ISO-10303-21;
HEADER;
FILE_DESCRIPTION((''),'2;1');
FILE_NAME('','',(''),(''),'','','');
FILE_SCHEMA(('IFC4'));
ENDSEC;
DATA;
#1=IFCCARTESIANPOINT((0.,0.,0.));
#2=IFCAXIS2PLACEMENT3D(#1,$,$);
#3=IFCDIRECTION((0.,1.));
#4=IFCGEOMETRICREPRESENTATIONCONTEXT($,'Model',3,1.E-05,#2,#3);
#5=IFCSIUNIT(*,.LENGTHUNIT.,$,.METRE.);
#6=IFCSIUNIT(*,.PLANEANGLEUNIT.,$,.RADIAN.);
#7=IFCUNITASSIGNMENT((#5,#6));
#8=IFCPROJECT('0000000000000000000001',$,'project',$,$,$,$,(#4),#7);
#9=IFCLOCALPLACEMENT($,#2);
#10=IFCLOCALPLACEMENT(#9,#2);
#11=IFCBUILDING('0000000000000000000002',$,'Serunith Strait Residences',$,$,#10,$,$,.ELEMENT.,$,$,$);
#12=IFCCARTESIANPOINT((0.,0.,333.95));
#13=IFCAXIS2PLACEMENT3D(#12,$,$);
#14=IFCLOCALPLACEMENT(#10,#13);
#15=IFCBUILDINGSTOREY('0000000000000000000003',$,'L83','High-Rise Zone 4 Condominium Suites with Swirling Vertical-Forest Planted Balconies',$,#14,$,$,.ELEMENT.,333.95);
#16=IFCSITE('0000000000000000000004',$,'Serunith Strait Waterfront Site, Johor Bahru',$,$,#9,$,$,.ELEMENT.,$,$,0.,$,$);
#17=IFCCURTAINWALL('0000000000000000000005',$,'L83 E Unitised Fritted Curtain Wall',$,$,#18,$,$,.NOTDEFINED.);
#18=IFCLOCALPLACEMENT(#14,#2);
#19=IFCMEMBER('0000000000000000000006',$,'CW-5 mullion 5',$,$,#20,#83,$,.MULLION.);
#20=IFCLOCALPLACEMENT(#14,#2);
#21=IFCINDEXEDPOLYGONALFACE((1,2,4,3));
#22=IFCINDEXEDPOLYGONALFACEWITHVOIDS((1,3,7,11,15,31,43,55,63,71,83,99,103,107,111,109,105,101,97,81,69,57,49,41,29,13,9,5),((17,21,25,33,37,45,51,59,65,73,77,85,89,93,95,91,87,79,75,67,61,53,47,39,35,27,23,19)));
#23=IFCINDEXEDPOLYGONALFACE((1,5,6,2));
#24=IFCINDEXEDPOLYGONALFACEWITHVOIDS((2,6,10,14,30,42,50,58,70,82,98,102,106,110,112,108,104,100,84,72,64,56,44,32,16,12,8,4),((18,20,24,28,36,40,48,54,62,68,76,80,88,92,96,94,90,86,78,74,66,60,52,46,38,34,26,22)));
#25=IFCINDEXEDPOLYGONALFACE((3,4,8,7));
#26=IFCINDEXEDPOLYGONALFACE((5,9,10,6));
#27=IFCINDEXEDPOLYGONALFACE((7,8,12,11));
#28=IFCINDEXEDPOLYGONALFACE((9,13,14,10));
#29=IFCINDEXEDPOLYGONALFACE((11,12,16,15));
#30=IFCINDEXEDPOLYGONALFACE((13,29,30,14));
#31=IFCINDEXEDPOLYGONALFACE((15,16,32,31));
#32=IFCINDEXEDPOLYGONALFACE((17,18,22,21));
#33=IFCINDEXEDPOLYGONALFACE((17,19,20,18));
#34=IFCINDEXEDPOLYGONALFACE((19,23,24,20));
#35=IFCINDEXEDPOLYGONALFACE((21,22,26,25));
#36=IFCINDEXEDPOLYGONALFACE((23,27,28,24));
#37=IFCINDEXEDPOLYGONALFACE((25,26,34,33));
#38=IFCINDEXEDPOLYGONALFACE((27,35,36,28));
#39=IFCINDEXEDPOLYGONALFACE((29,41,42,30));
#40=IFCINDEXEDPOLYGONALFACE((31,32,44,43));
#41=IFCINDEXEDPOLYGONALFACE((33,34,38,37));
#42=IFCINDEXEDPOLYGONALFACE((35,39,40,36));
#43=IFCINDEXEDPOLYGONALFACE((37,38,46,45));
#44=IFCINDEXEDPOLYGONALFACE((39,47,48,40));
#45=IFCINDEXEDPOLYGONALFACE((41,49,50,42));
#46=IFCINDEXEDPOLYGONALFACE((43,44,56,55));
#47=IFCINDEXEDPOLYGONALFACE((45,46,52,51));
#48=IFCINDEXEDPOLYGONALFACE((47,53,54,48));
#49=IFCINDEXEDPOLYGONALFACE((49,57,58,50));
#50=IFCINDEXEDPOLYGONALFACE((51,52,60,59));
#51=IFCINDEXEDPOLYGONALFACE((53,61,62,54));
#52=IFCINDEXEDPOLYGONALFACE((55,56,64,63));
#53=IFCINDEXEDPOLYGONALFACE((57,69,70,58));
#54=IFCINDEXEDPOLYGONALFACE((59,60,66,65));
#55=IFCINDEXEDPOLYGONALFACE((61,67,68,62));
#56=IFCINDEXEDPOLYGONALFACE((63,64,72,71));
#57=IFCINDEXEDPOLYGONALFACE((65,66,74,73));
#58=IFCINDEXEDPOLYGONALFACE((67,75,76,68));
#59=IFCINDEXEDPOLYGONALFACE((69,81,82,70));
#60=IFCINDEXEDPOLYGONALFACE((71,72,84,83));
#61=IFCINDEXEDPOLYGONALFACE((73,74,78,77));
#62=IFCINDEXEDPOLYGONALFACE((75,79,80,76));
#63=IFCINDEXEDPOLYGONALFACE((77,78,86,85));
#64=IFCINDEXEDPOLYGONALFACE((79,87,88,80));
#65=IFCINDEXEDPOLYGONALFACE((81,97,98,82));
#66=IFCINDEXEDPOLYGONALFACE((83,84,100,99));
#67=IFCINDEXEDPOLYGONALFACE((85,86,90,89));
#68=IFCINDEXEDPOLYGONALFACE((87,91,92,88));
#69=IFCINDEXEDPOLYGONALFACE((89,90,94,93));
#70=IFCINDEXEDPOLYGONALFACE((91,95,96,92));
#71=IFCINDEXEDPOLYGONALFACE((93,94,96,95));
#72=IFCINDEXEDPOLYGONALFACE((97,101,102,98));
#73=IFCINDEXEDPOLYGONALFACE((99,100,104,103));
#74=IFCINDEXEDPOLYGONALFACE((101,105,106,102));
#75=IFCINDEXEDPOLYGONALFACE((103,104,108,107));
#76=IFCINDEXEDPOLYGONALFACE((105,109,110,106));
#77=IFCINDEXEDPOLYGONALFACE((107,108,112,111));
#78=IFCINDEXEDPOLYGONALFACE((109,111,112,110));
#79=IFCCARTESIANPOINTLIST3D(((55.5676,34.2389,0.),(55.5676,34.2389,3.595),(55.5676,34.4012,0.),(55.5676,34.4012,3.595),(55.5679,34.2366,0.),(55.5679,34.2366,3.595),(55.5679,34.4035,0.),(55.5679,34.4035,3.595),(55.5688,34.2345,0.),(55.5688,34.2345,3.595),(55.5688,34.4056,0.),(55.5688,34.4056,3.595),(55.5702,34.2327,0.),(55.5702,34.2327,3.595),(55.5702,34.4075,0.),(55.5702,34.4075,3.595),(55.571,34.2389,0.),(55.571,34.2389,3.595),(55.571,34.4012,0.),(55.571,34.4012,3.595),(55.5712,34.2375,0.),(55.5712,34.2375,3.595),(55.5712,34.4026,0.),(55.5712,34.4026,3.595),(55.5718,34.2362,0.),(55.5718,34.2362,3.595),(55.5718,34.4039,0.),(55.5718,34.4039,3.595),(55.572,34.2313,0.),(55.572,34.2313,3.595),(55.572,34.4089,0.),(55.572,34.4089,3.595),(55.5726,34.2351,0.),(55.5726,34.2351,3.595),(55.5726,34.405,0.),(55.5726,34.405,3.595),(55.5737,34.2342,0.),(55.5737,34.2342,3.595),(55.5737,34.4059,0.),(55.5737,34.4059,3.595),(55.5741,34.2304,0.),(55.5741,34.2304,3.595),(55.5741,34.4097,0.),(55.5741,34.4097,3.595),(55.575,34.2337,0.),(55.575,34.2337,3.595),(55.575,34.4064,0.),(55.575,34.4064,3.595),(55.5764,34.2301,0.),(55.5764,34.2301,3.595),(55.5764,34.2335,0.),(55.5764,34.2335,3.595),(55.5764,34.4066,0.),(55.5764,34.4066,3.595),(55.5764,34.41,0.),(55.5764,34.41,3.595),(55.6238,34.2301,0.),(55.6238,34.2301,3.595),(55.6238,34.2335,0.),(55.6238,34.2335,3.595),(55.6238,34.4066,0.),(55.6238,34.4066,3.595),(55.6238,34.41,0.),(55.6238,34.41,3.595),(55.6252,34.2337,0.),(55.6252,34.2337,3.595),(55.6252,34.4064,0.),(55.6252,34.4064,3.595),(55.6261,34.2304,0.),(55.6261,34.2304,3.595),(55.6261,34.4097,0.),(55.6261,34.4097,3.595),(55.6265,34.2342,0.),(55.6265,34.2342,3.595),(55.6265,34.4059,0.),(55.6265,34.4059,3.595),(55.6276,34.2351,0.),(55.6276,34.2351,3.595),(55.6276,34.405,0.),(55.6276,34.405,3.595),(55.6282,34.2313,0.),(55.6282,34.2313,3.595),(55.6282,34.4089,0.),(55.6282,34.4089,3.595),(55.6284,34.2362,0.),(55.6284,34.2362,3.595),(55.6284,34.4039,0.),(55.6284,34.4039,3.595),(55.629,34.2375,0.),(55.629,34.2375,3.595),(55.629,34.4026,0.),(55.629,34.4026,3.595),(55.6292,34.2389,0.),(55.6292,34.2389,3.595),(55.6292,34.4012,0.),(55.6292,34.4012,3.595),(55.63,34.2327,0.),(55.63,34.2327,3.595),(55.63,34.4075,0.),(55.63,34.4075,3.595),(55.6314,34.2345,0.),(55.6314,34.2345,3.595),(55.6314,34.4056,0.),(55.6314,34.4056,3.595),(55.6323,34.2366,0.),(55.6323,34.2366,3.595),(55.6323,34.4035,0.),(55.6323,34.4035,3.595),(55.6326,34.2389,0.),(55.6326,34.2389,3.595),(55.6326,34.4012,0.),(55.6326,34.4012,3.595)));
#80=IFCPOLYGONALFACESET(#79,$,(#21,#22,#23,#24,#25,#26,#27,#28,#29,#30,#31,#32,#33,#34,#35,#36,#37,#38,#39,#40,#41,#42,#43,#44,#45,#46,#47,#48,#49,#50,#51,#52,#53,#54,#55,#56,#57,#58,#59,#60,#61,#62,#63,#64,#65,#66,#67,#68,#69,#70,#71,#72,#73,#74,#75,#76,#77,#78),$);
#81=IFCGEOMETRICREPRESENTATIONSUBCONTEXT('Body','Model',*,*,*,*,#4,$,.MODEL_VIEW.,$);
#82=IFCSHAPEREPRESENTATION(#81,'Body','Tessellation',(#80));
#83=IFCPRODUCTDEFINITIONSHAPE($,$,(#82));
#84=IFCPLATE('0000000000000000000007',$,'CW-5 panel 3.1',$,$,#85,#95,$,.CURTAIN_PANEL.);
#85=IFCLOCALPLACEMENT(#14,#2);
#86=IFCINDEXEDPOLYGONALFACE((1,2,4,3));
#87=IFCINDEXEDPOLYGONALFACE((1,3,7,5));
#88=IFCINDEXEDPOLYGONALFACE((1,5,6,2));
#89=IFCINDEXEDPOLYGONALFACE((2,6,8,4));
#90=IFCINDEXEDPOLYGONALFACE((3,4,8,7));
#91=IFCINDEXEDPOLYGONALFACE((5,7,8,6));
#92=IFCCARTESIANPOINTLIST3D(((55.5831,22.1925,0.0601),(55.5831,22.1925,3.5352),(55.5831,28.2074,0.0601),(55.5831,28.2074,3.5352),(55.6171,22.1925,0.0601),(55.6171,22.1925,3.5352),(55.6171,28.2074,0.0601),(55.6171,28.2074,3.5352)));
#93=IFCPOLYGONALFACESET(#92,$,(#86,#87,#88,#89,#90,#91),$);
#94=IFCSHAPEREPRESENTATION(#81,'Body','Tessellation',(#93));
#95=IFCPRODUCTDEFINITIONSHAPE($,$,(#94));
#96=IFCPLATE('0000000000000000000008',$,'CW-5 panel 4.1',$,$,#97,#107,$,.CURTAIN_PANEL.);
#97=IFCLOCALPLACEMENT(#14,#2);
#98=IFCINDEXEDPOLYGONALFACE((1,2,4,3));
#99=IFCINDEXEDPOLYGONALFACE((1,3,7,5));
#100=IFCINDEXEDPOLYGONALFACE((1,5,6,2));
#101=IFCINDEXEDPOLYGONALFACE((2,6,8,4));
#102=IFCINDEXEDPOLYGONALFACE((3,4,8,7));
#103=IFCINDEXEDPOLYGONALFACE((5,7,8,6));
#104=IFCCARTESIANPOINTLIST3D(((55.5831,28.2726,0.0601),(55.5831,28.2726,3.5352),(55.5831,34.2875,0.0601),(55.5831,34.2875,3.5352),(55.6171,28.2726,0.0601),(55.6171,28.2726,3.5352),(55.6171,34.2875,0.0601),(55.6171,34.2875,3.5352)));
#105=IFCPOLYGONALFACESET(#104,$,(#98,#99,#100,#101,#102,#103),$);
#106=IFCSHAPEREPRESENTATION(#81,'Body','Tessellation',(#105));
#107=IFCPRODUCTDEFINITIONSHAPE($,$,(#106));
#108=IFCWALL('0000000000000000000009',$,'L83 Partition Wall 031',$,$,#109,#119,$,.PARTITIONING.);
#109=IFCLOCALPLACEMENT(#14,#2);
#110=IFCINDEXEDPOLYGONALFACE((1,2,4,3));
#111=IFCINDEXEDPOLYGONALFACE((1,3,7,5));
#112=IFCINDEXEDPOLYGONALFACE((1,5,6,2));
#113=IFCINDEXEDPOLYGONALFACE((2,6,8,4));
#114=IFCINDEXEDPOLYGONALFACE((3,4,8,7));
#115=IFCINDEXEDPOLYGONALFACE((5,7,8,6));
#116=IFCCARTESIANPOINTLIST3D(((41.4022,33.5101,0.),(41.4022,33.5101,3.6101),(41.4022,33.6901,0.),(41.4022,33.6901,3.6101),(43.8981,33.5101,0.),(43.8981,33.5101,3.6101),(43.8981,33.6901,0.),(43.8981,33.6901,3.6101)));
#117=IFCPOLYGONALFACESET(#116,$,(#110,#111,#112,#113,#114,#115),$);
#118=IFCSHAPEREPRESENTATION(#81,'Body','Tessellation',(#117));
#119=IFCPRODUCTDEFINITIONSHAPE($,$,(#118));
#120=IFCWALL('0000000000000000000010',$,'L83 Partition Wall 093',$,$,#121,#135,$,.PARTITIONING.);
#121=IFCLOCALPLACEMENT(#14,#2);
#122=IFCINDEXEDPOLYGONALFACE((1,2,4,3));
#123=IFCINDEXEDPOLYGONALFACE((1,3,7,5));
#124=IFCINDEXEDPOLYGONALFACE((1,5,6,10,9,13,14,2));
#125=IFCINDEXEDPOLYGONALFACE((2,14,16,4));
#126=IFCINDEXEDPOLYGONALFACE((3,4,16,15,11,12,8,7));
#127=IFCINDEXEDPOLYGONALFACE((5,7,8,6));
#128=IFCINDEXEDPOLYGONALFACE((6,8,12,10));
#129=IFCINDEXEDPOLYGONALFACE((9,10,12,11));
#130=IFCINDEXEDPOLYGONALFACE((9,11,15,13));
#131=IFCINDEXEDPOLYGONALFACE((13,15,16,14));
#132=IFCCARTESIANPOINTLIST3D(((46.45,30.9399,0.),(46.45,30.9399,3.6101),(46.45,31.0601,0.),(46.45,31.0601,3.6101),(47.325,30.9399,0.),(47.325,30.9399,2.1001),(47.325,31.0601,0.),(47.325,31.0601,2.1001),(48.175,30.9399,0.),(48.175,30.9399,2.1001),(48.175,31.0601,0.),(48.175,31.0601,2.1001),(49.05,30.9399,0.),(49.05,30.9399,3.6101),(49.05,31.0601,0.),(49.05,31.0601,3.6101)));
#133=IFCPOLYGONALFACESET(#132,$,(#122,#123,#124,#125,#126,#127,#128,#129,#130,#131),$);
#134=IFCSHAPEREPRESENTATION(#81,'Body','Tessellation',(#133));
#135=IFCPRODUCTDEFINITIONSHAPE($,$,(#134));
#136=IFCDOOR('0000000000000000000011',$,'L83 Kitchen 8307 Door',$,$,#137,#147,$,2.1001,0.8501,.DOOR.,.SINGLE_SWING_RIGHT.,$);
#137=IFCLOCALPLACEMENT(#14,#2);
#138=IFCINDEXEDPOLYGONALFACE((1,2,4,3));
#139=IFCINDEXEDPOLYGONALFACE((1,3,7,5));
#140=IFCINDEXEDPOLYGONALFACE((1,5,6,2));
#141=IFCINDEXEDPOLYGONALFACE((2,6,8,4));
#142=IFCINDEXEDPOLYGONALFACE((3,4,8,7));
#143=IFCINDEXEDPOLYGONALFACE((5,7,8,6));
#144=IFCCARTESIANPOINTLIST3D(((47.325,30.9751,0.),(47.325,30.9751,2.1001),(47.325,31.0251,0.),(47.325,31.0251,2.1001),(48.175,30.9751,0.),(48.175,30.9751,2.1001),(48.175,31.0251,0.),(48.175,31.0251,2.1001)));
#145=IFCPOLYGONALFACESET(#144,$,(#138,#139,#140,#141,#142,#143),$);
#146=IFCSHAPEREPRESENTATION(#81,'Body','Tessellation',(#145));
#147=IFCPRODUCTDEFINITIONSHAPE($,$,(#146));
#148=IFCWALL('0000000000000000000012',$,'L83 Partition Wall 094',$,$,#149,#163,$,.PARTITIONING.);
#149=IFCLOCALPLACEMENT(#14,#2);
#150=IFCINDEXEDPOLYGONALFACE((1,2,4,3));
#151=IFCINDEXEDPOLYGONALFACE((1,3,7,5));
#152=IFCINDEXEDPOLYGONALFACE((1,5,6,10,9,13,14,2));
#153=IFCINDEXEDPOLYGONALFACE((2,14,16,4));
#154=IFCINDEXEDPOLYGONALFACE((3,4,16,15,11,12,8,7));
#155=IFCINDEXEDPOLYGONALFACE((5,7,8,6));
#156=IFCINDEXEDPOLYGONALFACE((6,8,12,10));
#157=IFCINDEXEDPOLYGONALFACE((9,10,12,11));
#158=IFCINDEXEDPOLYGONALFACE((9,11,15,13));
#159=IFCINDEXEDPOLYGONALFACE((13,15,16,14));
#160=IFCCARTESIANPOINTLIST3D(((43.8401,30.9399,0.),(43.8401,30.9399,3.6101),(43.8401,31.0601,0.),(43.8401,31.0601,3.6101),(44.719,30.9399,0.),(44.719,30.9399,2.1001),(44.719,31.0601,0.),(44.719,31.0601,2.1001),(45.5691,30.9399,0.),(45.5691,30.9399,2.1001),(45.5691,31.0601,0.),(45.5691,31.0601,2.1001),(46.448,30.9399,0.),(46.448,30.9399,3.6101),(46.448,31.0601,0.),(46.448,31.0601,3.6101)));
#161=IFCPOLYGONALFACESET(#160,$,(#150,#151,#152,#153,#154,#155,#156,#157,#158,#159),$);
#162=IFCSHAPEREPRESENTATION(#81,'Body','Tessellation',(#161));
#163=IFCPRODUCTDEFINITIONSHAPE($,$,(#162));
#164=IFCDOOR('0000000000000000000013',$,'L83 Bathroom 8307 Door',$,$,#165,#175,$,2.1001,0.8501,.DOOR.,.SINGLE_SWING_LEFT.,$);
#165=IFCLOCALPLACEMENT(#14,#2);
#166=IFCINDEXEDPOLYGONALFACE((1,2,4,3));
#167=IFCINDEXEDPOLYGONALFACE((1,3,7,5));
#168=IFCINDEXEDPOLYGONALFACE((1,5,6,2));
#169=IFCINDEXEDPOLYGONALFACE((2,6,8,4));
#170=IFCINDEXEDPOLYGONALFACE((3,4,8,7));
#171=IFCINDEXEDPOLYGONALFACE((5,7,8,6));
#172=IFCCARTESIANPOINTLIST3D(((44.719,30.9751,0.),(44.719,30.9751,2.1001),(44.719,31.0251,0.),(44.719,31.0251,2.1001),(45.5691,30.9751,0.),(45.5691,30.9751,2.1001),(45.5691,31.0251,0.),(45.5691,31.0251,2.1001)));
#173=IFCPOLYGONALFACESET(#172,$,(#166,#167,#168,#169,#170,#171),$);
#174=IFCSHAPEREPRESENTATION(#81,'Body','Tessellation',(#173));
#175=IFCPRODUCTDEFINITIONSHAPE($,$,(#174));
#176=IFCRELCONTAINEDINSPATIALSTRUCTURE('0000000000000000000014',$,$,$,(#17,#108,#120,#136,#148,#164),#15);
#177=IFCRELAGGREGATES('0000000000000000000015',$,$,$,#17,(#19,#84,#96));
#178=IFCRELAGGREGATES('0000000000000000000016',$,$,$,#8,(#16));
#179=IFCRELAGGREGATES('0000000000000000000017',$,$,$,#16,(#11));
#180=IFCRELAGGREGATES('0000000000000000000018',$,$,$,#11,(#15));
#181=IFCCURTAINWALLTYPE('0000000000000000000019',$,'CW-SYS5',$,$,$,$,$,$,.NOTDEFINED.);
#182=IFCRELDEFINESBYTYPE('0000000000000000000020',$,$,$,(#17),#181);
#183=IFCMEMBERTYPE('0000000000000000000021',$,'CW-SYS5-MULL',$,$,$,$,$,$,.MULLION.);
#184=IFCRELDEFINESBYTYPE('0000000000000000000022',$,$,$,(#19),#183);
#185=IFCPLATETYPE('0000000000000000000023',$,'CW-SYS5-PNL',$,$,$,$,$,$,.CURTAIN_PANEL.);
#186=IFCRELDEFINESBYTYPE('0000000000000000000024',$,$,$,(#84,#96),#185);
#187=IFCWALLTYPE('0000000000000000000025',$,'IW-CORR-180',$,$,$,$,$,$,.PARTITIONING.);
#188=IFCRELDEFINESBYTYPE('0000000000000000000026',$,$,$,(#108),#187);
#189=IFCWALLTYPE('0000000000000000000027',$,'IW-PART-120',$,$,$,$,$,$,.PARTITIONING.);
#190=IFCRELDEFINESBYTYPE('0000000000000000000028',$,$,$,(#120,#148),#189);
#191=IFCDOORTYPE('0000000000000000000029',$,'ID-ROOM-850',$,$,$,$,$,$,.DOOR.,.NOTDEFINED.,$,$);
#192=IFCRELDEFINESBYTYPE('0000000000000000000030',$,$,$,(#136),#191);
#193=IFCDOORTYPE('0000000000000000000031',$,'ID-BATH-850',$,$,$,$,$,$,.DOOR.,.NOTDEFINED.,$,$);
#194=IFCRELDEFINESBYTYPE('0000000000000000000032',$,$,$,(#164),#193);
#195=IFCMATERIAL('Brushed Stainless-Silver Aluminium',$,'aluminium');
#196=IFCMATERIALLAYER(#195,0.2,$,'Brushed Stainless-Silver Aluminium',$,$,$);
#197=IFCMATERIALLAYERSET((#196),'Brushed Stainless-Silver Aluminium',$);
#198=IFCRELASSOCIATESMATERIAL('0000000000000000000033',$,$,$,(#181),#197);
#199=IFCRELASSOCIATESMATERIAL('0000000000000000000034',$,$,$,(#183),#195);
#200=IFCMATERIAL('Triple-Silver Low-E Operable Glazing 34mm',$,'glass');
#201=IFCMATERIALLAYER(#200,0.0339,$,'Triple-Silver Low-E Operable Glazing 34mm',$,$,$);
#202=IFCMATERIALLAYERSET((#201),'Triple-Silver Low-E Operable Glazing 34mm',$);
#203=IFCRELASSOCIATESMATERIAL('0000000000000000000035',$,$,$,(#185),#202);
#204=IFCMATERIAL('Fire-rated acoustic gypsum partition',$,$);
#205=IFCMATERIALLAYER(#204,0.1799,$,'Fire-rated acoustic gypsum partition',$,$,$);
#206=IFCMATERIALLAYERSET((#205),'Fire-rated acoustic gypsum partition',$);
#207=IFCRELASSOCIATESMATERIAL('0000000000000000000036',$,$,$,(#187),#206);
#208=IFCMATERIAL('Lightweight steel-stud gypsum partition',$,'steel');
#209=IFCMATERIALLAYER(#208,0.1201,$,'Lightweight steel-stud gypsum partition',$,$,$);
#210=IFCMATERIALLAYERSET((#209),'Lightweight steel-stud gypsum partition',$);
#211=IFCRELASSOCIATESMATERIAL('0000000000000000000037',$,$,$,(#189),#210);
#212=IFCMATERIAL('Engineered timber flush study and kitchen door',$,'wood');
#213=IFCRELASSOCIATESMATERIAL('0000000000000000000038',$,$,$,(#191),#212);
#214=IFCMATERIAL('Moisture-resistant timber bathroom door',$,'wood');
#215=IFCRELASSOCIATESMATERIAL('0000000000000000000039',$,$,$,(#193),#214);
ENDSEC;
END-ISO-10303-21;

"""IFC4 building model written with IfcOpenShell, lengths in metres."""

from ifc_helpers import new_model, si_unit, direction, frame, frame_2d, origin, origin_2d, place, context, subcontext, project, spatial, rectangle, hollow_rectangle, extrude, source, transform, mapped, material, layer, layer_set, material_profile, profile_set, type_object, element, fill, aggregate, save


model = new_model("IFC4")

# Units and contexts
model_context = context("Model", 3, precision=1e-05, world=origin(), true_north=direction((0.0, 1.0)))
body_context = subcontext(model_context, "Body", "Model", "MODEL_VIEW")
ifc_project = project(units=[si_unit("LENGTHUNIT", "METRE"), si_unit("PLANEANGLEUNIT", "RADIAN")], contexts=[model_context])

# Site, building, storey
site_placement = place(None, origin())
site = spatial("IfcSite", under=ifc_project, at=site_placement, Name="Serunith Strait Waterfront Site, Johor Bahru", CompositionType="ELEMENT", RefElevation=0.0)
building_placement = place(site_placement, origin())
building = spatial("IfcBuilding", under=site, at=building_placement, Name="Serunith Strait Residences", CompositionType="ELEMENT")
storey_placement = place(building_placement, frame((0.0, 0.0, 333.95)))
storey = spatial("IfcBuildingStorey", under=building, at=storey_placement, Name="L83", Description="High-Rise Zone 4 Condominium Suites with Swirling Vertical-Forest Planted Balconies", CompositionType="ELEMENT", Elevation=333.95)

# Curtain wall, member, plates
ifc_material_1 = material(Name="Brushed Stainless-Silver Aluminium", Category="aluminium")
ifc_layer_1 = layer(ifc_material_1, 0.2, Name="Brushed Stainless-Silver Aluminium")
ifc_layer_set_1 = layer_set([ifc_layer_1], Name="Brushed Stainless-Silver Aluminium")
curtain_wall_type = type_object("IfcCurtainWallType", Name="CW-SYS5", PredefinedType="NOTDEFINED", material=ifc_layer_set_1)
curtain_wall_placement = place(storey_placement, origin())
curtain_wall = element("IfcCurtainWall", 1, at=curtain_wall_placement, inside=storey, type_object=curtain_wall_type, Name="L83 E Unitised Fritted Curtain Wall", PredefinedType="NOTDEFINED")
ifc_material_profile_1 = material_profile(ifc_material_1, hollow_rectangle(XDim=0.0649, YDim=0.1799, WallThickness=0.0034, InnerFilletRadius=0.0054, OuterFilletRadius=0.0088, at=origin_2d()), Name="ALU 180x65x3.5")
ifc_profile_set_1 = profile_set([ifc_material_profile_1], Name="Brushed Stainless-Silver Aluminium")
member_type_1 = type_object("IfcMemberType", Name="CW-SYS5-MULL", PredefinedType="MULLION", material=ifc_profile_set_1)
shared_shape_1 = source(origin(), body_context, "Body", "SweptSolid", [
    extrude(hollow_rectangle(XDim=0.0649, YDim=0.1799, WallThickness=0.0034, InnerFilletRadius=0.0054, OuterFilletRadius=0.0088, at=origin_2d()), origin(), (0.0, 0.0, 1.0), 3.595),
])
member_1_placement = place(storey_placement, frame((55.6001, 34.3201, 0.0), z_axis=(0.0, 0.0, 1.0), x_axis=(-1.0, 0.0, 0.0)))
member_1 = element("IfcMember", 2, at=member_1_placement, type_object=member_type_1, Name="CW-5 mullion 5", PredefinedType="MULLION", context=body_context, shape_type="MappedRepresentation", body=[
    mapped(shared_shape_1, transform((0.0, 0.0, 0.0), scale=1.0)),
])
ifc_material_2 = material(Name="Triple-Silver Low-E Operable Glazing 34mm", Category="glass")
ifc_layer_2 = layer(ifc_material_2, 0.0339, Name="Triple-Silver Low-E Operable Glazing 34mm")
ifc_layer_set_2 = layer_set([ifc_layer_2], Name="Triple-Silver Low-E Operable Glazing 34mm")
plate_type = type_object("IfcPlateType", Name="CW-SYS5-PNL", PredefinedType="CURTAIN_PANEL", material=ifc_layer_set_2)
shared_shape_2 = source(origin(), body_context, "Body", "SweptSolid", [
    extrude(rectangle(XDim=6.0149, YDim=0.0339, at=origin_2d()), origin(), (0.0, 0.0, 1.0), 3.4751),
])
plate_1_placement = place(storey_placement, frame((55.6001, 25.2, 0.0601), z_axis=(0.0, 0.0, 1.0), x_axis=(0.0, 1.0, 0.0)))
plate_1 = element("IfcPlate", 3, at=plate_1_placement, type_object=plate_type, Name="CW-5 panel 3.1", PredefinedType="CURTAIN_PANEL", context=body_context, shape_type="MappedRepresentation", body=[
    mapped(shared_shape_2, transform((0.0, 0.0, 0.0), scale=1.0)),
])
plate_2_placement = place(storey_placement, frame((55.6001, 31.28, 0.0601), z_axis=(0.0, 0.0, 1.0), x_axis=(0.0, 1.0, 0.0)))
plate_2 = element("IfcPlate", 4, at=plate_2_placement, type_object=plate_type, Name="CW-5 panel 4.1", PredefinedType="CURTAIN_PANEL", context=body_context, shape_type="MappedRepresentation", body=[
    mapped(shared_shape_2, transform((0.0, 0.0, 0.0), scale=1.0)),
])
aggregate(curtain_wall, [member_1, plate_1, plate_2])

# Wall
ifc_material_3 = material(Name="Fire-rated acoustic gypsum partition")
ifc_layer_3 = layer(ifc_material_3, 0.1799, Name="Fire-rated acoustic gypsum partition")
ifc_layer_set_3 = layer_set([ifc_layer_3], Name="Fire-rated acoustic gypsum partition")
wall_type_1 = type_object("IfcWallType", Name="IW-CORR-180", PredefinedType="PARTITIONING", material=ifc_layer_set_3)
wall_1_placement = place(storey_placement, frame((41.4021, 33.6001, 0.0), z_axis=(0.0, 0.0, 1.0), x_axis=(1.0, 0.0, 0.0)))
element("IfcWall", 5, at=wall_1_placement, inside=storey, type_object=wall_type_1, Name="L83 Partition Wall 031", PredefinedType="PARTITIONING", context=body_context, shape_type="SweptSolid", body=[
    extrude(rectangle(XDim=2.4958, YDim=0.1799, at=frame_2d((1.248, 0.0))), origin(), (0.0, 0.0, 1.0), 3.6101),
])

# Walls, openings, doors
ifc_material_4 = material(Name="Lightweight steel-stud gypsum partition", Category="steel")
ifc_layer_4 = layer(ifc_material_4, 0.1201, Name="Lightweight steel-stud gypsum partition")
ifc_layer_set_4 = layer_set([ifc_layer_4], Name="Lightweight steel-stud gypsum partition")
wall_type_2 = type_object("IfcWallType", Name="IW-PART-120", PredefinedType="PARTITIONING", material=ifc_layer_set_4)
wall_2_placement = place(storey_placement, frame((49.05, 31.0, 0.0), z_axis=(0.0, 0.0, 1.0), x_axis=(-1.0, 0.0, 0.0)))
wall_2 = element("IfcWall", 6, at=wall_2_placement, inside=storey, type_object=wall_type_2, Name="L83 Partition Wall 093", PredefinedType="PARTITIONING", context=body_context, shape_type="SweptSolid", body=[
    extrude(rectangle(XDim=2.6001, YDim=0.1201, at=frame_2d((1.3, 0.0))), origin(), (0.0, 0.0, 1.0), 3.6101),
])
opening_1_placement = place(wall_2_placement, frame((0.875, 0.0, 0.0)))
opening_1 = element("IfcOpeningElement", 7, at=opening_1_placement, cuts=wall_2, PredefinedType="OPENING", context=body_context, shape_type="SweptSolid", body=[
    extrude(rectangle(XDim=0.8501, YDim=2.1001, at=frame_2d((0.425, 1.05))), frame((0.0, 0.0701, 0.0), z_axis=(0.0, -1.0, 0.0), x_axis=(1.0, 0.0, 0.0)), (0.0, 0.0, 1.0), 0.1401),
])
ifc_material_5 = material(Name="Engineered timber flush study and kitchen door", Category="wood")
door_type_1 = type_object("IfcDoorType", Name="ID-ROOM-850", OperationType="NOTDEFINED", PredefinedType="DOOR", material=ifc_material_5)
shared_shape_3 = source(origin(), body_context, "Body", "SweptSolid", [
    extrude(rectangle(XDim=0.8501, YDim=2.1001, at=frame_2d((0.425, 1.05))), frame((0.0, 0.0249, 0.0), z_axis=(0.0, -1.0, 0.0), x_axis=(1.0, 0.0, 0.0)), (0.0, 0.0, 1.0), 0.05),
])
door_1_placement = place(opening_1_placement, origin())
door_1 = element("IfcDoor", 8, at=door_1_placement, inside=storey, type_object=door_type_1, Name="L83 Kitchen 8307 Door", OperationType="SINGLE_SWING_RIGHT", OverallHeight=2.1001, OverallWidth=0.8501, PredefinedType="DOOR", context=body_context, shape_type="MappedRepresentation", body=[
    mapped(shared_shape_3, transform((0.0, 0.0, 0.0), scale=1.0)),
])
fill(opening_1, door_1)
wall_3_placement = place(storey_placement, frame((46.448, 31.0, 0.0), z_axis=(0.0, 0.0, 1.0), x_axis=(-1.0, 0.0, 0.0)))
wall_3 = element("IfcWall", 9, at=wall_3_placement, inside=storey, type_object=wall_type_2, Name="L83 Partition Wall 094", PredefinedType="PARTITIONING", context=body_context, shape_type="SweptSolid", body=[
    extrude(rectangle(XDim=2.6079, YDim=0.1201, at=frame_2d((1.304, 0.0))), origin(), (0.0, 0.0, 1.0), 3.6101),
])
opening_2_placement = place(wall_3_placement, frame((0.8789, 0.0, 0.0)))
opening_2 = element("IfcOpeningElement", 10, at=opening_2_placement, cuts=wall_3, PredefinedType="OPENING", context=body_context, shape_type="SweptSolid", body=[
    extrude(rectangle(XDim=0.8501, YDim=2.1001, at=frame_2d((0.425, 1.05))), frame((0.0, 0.0701, 0.0), z_axis=(0.0, -1.0, 0.0), x_axis=(1.0, 0.0, 0.0)), (0.0, 0.0, 1.0), 0.1401),
])
ifc_material_6 = material(Name="Moisture-resistant timber bathroom door", Category="wood")
door_type_2 = type_object("IfcDoorType", Name="ID-BATH-850", OperationType="NOTDEFINED", PredefinedType="DOOR", material=ifc_material_6)
door_2_placement = place(opening_2_placement, origin())
door_2 = element("IfcDoor", 11, at=door_2_placement, inside=storey, type_object=door_type_2, Name="L83 Bathroom 8307 Door", OperationType="SINGLE_SWING_LEFT", OverallHeight=2.1001, OverallWidth=0.8501, PredefinedType="DOOR", context=body_context, shape_type="MappedRepresentation", body=[
    mapped(shared_shape_3, transform((0.0, 0.0, 0.0), scale=1.0)),
])
fill(opening_2, door_2)

save(model, "model.ifc")
